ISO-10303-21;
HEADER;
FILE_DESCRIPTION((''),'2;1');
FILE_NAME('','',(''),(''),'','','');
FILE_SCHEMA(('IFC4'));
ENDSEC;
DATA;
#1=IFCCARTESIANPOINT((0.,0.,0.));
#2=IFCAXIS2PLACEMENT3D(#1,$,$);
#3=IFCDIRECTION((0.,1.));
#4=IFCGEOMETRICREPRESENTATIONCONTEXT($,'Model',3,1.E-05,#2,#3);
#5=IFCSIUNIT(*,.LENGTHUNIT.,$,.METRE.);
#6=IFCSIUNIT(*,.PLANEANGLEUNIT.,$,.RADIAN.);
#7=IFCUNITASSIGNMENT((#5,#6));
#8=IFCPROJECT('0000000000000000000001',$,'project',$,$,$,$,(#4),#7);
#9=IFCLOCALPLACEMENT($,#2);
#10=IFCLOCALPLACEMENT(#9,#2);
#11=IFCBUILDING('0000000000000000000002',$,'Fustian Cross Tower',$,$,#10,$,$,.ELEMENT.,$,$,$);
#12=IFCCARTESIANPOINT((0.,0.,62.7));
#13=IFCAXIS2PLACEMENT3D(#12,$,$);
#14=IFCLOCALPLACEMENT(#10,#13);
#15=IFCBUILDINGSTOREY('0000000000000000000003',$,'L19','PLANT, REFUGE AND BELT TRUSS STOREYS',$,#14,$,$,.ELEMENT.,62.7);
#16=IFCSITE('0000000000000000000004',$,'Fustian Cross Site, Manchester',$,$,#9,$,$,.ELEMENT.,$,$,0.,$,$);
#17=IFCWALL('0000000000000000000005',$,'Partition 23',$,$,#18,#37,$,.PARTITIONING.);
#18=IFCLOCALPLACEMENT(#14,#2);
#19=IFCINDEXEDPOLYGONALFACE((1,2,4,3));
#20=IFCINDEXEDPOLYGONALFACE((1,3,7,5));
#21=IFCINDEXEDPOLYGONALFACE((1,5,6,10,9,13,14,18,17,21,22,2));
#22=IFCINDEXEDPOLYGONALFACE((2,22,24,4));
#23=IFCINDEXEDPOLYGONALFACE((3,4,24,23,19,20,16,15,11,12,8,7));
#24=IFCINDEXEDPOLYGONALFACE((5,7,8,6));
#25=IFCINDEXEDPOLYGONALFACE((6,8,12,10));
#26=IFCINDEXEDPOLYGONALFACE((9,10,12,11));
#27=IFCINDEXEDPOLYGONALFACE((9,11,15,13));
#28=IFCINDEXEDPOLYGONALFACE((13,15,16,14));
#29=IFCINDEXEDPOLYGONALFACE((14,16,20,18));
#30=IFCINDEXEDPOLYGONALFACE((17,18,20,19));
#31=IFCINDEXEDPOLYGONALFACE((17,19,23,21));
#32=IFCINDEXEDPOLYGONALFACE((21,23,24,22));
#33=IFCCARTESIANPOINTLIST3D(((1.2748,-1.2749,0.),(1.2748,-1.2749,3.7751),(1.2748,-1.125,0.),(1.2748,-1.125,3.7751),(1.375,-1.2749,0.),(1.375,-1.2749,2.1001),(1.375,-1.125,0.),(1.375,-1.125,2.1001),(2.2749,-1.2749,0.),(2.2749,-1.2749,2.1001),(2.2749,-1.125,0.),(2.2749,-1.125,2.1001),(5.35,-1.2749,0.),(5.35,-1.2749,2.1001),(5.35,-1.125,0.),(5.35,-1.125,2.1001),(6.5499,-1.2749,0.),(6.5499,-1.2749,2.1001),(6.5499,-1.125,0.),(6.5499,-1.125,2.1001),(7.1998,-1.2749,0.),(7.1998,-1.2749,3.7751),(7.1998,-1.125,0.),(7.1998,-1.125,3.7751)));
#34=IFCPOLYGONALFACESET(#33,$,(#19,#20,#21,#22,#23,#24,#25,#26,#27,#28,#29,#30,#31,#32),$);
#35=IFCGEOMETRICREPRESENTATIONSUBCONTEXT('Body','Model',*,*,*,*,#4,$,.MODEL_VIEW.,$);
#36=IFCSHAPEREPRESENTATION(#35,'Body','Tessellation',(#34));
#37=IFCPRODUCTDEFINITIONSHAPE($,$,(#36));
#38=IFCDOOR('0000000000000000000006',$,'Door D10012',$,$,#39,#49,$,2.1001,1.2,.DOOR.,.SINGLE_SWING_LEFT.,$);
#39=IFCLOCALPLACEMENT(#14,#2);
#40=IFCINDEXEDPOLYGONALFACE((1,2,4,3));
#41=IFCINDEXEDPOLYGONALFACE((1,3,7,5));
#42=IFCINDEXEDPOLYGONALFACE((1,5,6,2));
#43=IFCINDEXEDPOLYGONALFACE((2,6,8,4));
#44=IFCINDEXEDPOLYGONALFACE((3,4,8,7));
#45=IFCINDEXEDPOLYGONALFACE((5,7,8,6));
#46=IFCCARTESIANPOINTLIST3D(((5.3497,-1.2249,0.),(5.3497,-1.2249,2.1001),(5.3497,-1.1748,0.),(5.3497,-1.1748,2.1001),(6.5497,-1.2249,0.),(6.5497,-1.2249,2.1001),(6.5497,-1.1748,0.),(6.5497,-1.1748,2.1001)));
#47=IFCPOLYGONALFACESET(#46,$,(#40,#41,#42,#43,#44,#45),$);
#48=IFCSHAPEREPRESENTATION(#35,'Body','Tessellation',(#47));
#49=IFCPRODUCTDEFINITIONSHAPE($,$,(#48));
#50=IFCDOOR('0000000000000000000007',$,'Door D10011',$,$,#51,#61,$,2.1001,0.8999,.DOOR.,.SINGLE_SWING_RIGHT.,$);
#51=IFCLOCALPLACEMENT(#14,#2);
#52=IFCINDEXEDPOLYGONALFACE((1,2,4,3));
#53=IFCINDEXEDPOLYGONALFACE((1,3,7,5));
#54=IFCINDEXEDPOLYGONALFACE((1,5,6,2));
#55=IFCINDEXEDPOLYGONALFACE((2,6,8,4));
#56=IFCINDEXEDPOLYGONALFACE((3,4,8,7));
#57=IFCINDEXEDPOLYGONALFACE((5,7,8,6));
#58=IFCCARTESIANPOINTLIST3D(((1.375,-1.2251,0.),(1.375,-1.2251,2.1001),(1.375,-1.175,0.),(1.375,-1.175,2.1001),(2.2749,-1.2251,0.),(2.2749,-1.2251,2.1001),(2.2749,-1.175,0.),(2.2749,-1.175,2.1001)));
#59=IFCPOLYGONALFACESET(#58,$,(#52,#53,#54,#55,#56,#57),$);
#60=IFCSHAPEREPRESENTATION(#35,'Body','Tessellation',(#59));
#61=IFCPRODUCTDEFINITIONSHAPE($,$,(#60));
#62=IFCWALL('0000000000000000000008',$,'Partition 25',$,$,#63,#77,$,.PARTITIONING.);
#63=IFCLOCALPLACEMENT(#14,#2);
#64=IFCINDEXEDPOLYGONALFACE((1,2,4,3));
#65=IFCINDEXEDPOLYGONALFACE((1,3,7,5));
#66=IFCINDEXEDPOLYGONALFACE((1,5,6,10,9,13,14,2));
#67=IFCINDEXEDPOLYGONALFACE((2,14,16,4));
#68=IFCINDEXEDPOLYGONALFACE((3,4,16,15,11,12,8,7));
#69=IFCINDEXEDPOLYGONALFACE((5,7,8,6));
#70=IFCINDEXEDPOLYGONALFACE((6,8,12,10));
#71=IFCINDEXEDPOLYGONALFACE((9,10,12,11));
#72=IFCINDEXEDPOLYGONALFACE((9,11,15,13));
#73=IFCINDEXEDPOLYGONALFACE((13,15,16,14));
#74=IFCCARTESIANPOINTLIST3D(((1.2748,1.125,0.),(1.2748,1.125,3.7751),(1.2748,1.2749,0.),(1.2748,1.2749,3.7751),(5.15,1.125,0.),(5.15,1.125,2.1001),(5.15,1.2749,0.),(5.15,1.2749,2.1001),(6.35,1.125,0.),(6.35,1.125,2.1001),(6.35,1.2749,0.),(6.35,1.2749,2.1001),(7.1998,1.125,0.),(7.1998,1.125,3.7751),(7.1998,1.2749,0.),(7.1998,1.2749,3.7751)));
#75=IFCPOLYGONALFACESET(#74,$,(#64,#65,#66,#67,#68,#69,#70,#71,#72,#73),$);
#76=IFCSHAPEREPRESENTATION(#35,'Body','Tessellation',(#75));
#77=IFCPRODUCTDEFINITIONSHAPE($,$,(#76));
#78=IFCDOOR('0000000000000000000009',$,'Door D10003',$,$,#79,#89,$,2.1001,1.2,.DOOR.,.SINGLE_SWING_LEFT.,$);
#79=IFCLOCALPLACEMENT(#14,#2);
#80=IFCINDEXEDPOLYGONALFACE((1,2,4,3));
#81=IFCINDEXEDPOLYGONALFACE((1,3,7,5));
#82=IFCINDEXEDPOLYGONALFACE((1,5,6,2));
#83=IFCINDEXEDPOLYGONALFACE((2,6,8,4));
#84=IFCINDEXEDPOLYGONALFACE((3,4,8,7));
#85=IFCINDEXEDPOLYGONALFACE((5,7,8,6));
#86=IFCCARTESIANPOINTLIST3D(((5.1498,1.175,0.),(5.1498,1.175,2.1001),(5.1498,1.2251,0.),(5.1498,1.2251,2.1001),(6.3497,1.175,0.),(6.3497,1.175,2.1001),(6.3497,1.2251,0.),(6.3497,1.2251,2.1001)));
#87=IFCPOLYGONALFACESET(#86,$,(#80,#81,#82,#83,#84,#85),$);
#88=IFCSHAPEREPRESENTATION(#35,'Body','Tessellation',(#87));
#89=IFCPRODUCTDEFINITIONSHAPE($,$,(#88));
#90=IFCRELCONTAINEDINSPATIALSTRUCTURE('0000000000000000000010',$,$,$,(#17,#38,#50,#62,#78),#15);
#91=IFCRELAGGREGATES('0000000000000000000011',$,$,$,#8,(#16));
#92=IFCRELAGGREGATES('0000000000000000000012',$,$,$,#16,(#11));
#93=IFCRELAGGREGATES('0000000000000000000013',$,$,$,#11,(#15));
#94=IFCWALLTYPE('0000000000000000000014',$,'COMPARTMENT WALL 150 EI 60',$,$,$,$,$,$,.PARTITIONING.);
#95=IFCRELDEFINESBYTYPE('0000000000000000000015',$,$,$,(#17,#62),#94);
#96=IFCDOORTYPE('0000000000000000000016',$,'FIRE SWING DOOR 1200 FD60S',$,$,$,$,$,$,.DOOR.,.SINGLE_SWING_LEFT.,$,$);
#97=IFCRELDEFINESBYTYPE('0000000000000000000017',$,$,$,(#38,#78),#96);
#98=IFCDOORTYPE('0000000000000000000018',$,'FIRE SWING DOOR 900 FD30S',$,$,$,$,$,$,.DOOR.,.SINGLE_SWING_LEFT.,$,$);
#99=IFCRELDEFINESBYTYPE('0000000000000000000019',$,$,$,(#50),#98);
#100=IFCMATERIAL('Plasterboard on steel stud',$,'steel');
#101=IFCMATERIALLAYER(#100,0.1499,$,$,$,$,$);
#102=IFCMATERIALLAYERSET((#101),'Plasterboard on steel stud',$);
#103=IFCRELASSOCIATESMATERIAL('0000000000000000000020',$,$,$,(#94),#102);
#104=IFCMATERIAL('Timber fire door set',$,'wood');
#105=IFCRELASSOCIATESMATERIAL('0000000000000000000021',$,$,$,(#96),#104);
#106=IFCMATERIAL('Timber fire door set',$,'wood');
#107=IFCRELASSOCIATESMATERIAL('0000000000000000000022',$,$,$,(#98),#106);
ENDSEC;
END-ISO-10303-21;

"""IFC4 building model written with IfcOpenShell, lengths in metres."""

from ifc_helpers import new_model, si_unit, direction, frame, frame_2d, origin, place, context, subcontext, project, spatial, rectangle, extrude, material, layer, layer_set, type_object, element, fill, save


model = new_model("IFC4")

# Units and contexts
model_context = context("Model", 3, precision=1e-05, world=origin(), true_north=direction((0.0, 1.0)))
body_context = subcontext(model_context, "Body", "Model", "MODEL_VIEW")
ifc_project = project(units=[si_unit("LENGTHUNIT", "METRE"), si_unit("PLANEANGLEUNIT", "RADIAN")], contexts=[model_context])

# Site, building, storey
site_placement = place(None, origin())
site = spatial("IfcSite", under=ifc_project, at=site_placement, Name="Fustian Cross Site, Manchester", CompositionType="ELEMENT", RefElevation=0.0)
building_placement = place(site_placement, origin())
building = spatial("IfcBuilding", under=site, at=building_placement, Name="Fustian Cross Tower", CompositionType="ELEMENT")
storey_placement = place(building_placement, frame((0.0, 0.0, 62.7)))
storey = spatial("IfcBuildingStorey", under=building, at=storey_placement, Name="L19", Description="PLANT, REFUGE AND BELT TRUSS STOREYS", CompositionType="ELEMENT", Elevation=62.7)

# Wall, openings, doors
ifc_material_1 = material(Name="Plasterboard on steel stud", Category="steel")
ifc_layer_1 = layer(ifc_material_1, 0.1499)
ifc_layer_set_1 = layer_set([ifc_layer_1], Name="Plasterboard on steel stud")
wall_type_1 = type_object("IfcWallType", Name="COMPARTMENT WALL 150 EI 60", PredefinedType="PARTITIONING", material=ifc_layer_set_1)
wall_1_placement = place(storey_placement, frame((1.2749, -1.2, 0.0), z_axis=(0.0, 0.0, 1.0), x_axis=(1.0, 0.0, 0.0)))
wall_1 = element("IfcWall", 1, at=wall_1_placement, inside=storey, type_object=wall_type_1, Name="Partition 23", PredefinedType="PARTITIONING", context=body_context, shape_type="SweptSolid", body=[
    extrude(rectangle(XDim=5.925, YDim=0.1499, at=frame_2d((2.9624, 0.0))), origin(), (0.0, 0.0, 1.0), 3.7751),
])
opening_1_placement = place(wall_1_placement, frame((0.1001, 0.0, 0.0)))
opening_1 = element("IfcOpeningElement", 2, at=opening_1_placement, cuts=wall_1, PredefinedType="OPENING", context=body_context, shape_type="SweptSolid", body=[
    extrude(rectangle(XDim=0.8999, YDim=2.1001, at=frame_2d((0.45, 1.05))), frame((0.0, 0.085, 0.0), z_axis=(0.0, -1.0, 0.0), x_axis=(1.0, 0.0, 0.0)), (0.0, 0.0, 1.0), 0.1699),
])
opening_2_placement = place(wall_1_placement, frame((4.075, 0.0, 0.0)))
opening_2 = element("IfcOpeningElement", 3, at=opening_2_placement, cuts=wall_1, PredefinedType="OPENING", context=body_context, shape_type="SweptSolid", body=[
    extrude(rectangle(XDim=1.2, YDim=2.1001, at=frame_2d((0.6001, 1.05))), frame((0.0, 0.085, 0.0), z_axis=(0.0, -1.0, 0.0), x_axis=(1.0, 0.0, 0.0)), (0.0, 0.0, 1.0), 0.1699),
])
ifc_material_2 = material(Name="Timber fire door set", Category="wood")
door_type_1 = type_object("IfcDoorType", Name="FIRE SWING DOOR 1200 FD60S", OperationType="SINGLE_SWING_LEFT", PredefinedType="DOOR", material=ifc_material_2)
door_1_placement = place(opening_2_placement, frame((1.2, 0.0, 0.0), z_axis=(0.0, 0.0, 1.0), x_axis=(-1.0, 0.0, 0.0)))
door_1 = element("IfcDoor", 4, at=door_1_placement, inside=storey, type_object=door_type_1, Name="Door D10012", OperationType="SINGLE_SWING_LEFT", OverallHeight=2.1001, OverallWidth=1.2, PredefinedType="DOOR", context=body_context, shape_type="SweptSolid", body=[
    extrude(rectangle(XDim=1.2, YDim=2.1001, at=frame_2d((0.6001, 1.05))), frame((0.0, 0.0249, 0.0), z_axis=(0.0, -1.0, 0.0), x_axis=(1.0, 0.0, 0.0)), (0.0, 0.0, 1.0), 0.05),
])
fill(opening_2, door_1)
ifc_material_3 = material(Name="Timber fire door set", Category="wood")
door_type_2 = type_object("IfcDoorType", Name="FIRE SWING DOOR 900 FD30S", OperationType="SINGLE_SWING_LEFT", PredefinedType="DOOR", material=ifc_material_3)
door_2_placement = place(opening_1_placement, origin())
door_2 = element("IfcDoor", 5, at=door_2_placement, inside=storey, type_object=door_type_2, Name="Door D10011", OperationType="SINGLE_SWING_RIGHT", OverallHeight=2.1001, OverallWidth=0.8999, PredefinedType="DOOR", context=body_context, shape_type="SweptSolid", body=[
    extrude(rectangle(XDim=0.8999, YDim=2.1001, at=frame_2d((0.45, 1.05))), frame((0.0, 0.0249, 0.0), z_axis=(0.0, -1.0, 0.0), x_axis=(1.0, 0.0, 0.0)), (0.0, 0.0, 1.0), 0.05),
])
fill(opening_1, door_2)

# Wall, opening, door
wall_2_placement = place(storey_placement, frame((1.2749, 1.2, 0.0), z_axis=(0.0, 0.0, 1.0), x_axis=(1.0, 0.0, 0.0)))
wall_2 = element("IfcWall", 6, at=wall_2_placement, inside=storey, type_object=wall_type_1, Name="Partition 25", PredefinedType="PARTITIONING", context=body_context, shape_type="SweptSolid", body=[
    extrude(rectangle(XDim=5.925, YDim=0.1499, at=frame_2d((2.9624, 0.0))), origin(), (0.0, 0.0, 1.0), 3.7751),
])
opening_3_placement = place(wall_2_placement, frame((3.875, 0.0, 0.0)))
opening_3 = element("IfcOpeningElement", 7, at=opening_3_placement, cuts=wall_2, PredefinedType="OPENING", context=body_context, shape_type="SweptSolid", body=[
    extrude(rectangle(XDim=1.2, YDim=2.1001, at=frame_2d((0.6001, 1.05))), frame((0.0, 0.085, 0.0), z_axis=(0.0, -1.0, 0.0), x_axis=(1.0, 0.0, 0.0)), (0.0, 0.0, 1.0), 0.1699),
])
door_3_placement = place(opening_3_placement, frame((1.2, 0.0, 0.0), z_axis=(0.0, 0.0, 1.0), x_axis=(-1.0, 0.0, 0.0)))
door_3 = element("IfcDoor", 8, at=door_3_placement, inside=storey, type_object=door_type_1, Name="Door D10003", OperationType="SINGLE_SWING_LEFT", OverallHeight=2.1001, OverallWidth=1.2, PredefinedType="DOOR", context=body_context, shape_type="SweptSolid", body=[
    extrude(rectangle(XDim=1.2, YDim=2.1001, at=frame_2d((0.6001, 1.05))), frame((0.0, 0.0249, 0.0), z_axis=(0.0, -1.0, 0.0), x_axis=(1.0, 0.0, 0.0)), (0.0, 0.0, 1.0), 0.05),
])
fill(opening_3, door_3)

save(model, "model.ifc")
